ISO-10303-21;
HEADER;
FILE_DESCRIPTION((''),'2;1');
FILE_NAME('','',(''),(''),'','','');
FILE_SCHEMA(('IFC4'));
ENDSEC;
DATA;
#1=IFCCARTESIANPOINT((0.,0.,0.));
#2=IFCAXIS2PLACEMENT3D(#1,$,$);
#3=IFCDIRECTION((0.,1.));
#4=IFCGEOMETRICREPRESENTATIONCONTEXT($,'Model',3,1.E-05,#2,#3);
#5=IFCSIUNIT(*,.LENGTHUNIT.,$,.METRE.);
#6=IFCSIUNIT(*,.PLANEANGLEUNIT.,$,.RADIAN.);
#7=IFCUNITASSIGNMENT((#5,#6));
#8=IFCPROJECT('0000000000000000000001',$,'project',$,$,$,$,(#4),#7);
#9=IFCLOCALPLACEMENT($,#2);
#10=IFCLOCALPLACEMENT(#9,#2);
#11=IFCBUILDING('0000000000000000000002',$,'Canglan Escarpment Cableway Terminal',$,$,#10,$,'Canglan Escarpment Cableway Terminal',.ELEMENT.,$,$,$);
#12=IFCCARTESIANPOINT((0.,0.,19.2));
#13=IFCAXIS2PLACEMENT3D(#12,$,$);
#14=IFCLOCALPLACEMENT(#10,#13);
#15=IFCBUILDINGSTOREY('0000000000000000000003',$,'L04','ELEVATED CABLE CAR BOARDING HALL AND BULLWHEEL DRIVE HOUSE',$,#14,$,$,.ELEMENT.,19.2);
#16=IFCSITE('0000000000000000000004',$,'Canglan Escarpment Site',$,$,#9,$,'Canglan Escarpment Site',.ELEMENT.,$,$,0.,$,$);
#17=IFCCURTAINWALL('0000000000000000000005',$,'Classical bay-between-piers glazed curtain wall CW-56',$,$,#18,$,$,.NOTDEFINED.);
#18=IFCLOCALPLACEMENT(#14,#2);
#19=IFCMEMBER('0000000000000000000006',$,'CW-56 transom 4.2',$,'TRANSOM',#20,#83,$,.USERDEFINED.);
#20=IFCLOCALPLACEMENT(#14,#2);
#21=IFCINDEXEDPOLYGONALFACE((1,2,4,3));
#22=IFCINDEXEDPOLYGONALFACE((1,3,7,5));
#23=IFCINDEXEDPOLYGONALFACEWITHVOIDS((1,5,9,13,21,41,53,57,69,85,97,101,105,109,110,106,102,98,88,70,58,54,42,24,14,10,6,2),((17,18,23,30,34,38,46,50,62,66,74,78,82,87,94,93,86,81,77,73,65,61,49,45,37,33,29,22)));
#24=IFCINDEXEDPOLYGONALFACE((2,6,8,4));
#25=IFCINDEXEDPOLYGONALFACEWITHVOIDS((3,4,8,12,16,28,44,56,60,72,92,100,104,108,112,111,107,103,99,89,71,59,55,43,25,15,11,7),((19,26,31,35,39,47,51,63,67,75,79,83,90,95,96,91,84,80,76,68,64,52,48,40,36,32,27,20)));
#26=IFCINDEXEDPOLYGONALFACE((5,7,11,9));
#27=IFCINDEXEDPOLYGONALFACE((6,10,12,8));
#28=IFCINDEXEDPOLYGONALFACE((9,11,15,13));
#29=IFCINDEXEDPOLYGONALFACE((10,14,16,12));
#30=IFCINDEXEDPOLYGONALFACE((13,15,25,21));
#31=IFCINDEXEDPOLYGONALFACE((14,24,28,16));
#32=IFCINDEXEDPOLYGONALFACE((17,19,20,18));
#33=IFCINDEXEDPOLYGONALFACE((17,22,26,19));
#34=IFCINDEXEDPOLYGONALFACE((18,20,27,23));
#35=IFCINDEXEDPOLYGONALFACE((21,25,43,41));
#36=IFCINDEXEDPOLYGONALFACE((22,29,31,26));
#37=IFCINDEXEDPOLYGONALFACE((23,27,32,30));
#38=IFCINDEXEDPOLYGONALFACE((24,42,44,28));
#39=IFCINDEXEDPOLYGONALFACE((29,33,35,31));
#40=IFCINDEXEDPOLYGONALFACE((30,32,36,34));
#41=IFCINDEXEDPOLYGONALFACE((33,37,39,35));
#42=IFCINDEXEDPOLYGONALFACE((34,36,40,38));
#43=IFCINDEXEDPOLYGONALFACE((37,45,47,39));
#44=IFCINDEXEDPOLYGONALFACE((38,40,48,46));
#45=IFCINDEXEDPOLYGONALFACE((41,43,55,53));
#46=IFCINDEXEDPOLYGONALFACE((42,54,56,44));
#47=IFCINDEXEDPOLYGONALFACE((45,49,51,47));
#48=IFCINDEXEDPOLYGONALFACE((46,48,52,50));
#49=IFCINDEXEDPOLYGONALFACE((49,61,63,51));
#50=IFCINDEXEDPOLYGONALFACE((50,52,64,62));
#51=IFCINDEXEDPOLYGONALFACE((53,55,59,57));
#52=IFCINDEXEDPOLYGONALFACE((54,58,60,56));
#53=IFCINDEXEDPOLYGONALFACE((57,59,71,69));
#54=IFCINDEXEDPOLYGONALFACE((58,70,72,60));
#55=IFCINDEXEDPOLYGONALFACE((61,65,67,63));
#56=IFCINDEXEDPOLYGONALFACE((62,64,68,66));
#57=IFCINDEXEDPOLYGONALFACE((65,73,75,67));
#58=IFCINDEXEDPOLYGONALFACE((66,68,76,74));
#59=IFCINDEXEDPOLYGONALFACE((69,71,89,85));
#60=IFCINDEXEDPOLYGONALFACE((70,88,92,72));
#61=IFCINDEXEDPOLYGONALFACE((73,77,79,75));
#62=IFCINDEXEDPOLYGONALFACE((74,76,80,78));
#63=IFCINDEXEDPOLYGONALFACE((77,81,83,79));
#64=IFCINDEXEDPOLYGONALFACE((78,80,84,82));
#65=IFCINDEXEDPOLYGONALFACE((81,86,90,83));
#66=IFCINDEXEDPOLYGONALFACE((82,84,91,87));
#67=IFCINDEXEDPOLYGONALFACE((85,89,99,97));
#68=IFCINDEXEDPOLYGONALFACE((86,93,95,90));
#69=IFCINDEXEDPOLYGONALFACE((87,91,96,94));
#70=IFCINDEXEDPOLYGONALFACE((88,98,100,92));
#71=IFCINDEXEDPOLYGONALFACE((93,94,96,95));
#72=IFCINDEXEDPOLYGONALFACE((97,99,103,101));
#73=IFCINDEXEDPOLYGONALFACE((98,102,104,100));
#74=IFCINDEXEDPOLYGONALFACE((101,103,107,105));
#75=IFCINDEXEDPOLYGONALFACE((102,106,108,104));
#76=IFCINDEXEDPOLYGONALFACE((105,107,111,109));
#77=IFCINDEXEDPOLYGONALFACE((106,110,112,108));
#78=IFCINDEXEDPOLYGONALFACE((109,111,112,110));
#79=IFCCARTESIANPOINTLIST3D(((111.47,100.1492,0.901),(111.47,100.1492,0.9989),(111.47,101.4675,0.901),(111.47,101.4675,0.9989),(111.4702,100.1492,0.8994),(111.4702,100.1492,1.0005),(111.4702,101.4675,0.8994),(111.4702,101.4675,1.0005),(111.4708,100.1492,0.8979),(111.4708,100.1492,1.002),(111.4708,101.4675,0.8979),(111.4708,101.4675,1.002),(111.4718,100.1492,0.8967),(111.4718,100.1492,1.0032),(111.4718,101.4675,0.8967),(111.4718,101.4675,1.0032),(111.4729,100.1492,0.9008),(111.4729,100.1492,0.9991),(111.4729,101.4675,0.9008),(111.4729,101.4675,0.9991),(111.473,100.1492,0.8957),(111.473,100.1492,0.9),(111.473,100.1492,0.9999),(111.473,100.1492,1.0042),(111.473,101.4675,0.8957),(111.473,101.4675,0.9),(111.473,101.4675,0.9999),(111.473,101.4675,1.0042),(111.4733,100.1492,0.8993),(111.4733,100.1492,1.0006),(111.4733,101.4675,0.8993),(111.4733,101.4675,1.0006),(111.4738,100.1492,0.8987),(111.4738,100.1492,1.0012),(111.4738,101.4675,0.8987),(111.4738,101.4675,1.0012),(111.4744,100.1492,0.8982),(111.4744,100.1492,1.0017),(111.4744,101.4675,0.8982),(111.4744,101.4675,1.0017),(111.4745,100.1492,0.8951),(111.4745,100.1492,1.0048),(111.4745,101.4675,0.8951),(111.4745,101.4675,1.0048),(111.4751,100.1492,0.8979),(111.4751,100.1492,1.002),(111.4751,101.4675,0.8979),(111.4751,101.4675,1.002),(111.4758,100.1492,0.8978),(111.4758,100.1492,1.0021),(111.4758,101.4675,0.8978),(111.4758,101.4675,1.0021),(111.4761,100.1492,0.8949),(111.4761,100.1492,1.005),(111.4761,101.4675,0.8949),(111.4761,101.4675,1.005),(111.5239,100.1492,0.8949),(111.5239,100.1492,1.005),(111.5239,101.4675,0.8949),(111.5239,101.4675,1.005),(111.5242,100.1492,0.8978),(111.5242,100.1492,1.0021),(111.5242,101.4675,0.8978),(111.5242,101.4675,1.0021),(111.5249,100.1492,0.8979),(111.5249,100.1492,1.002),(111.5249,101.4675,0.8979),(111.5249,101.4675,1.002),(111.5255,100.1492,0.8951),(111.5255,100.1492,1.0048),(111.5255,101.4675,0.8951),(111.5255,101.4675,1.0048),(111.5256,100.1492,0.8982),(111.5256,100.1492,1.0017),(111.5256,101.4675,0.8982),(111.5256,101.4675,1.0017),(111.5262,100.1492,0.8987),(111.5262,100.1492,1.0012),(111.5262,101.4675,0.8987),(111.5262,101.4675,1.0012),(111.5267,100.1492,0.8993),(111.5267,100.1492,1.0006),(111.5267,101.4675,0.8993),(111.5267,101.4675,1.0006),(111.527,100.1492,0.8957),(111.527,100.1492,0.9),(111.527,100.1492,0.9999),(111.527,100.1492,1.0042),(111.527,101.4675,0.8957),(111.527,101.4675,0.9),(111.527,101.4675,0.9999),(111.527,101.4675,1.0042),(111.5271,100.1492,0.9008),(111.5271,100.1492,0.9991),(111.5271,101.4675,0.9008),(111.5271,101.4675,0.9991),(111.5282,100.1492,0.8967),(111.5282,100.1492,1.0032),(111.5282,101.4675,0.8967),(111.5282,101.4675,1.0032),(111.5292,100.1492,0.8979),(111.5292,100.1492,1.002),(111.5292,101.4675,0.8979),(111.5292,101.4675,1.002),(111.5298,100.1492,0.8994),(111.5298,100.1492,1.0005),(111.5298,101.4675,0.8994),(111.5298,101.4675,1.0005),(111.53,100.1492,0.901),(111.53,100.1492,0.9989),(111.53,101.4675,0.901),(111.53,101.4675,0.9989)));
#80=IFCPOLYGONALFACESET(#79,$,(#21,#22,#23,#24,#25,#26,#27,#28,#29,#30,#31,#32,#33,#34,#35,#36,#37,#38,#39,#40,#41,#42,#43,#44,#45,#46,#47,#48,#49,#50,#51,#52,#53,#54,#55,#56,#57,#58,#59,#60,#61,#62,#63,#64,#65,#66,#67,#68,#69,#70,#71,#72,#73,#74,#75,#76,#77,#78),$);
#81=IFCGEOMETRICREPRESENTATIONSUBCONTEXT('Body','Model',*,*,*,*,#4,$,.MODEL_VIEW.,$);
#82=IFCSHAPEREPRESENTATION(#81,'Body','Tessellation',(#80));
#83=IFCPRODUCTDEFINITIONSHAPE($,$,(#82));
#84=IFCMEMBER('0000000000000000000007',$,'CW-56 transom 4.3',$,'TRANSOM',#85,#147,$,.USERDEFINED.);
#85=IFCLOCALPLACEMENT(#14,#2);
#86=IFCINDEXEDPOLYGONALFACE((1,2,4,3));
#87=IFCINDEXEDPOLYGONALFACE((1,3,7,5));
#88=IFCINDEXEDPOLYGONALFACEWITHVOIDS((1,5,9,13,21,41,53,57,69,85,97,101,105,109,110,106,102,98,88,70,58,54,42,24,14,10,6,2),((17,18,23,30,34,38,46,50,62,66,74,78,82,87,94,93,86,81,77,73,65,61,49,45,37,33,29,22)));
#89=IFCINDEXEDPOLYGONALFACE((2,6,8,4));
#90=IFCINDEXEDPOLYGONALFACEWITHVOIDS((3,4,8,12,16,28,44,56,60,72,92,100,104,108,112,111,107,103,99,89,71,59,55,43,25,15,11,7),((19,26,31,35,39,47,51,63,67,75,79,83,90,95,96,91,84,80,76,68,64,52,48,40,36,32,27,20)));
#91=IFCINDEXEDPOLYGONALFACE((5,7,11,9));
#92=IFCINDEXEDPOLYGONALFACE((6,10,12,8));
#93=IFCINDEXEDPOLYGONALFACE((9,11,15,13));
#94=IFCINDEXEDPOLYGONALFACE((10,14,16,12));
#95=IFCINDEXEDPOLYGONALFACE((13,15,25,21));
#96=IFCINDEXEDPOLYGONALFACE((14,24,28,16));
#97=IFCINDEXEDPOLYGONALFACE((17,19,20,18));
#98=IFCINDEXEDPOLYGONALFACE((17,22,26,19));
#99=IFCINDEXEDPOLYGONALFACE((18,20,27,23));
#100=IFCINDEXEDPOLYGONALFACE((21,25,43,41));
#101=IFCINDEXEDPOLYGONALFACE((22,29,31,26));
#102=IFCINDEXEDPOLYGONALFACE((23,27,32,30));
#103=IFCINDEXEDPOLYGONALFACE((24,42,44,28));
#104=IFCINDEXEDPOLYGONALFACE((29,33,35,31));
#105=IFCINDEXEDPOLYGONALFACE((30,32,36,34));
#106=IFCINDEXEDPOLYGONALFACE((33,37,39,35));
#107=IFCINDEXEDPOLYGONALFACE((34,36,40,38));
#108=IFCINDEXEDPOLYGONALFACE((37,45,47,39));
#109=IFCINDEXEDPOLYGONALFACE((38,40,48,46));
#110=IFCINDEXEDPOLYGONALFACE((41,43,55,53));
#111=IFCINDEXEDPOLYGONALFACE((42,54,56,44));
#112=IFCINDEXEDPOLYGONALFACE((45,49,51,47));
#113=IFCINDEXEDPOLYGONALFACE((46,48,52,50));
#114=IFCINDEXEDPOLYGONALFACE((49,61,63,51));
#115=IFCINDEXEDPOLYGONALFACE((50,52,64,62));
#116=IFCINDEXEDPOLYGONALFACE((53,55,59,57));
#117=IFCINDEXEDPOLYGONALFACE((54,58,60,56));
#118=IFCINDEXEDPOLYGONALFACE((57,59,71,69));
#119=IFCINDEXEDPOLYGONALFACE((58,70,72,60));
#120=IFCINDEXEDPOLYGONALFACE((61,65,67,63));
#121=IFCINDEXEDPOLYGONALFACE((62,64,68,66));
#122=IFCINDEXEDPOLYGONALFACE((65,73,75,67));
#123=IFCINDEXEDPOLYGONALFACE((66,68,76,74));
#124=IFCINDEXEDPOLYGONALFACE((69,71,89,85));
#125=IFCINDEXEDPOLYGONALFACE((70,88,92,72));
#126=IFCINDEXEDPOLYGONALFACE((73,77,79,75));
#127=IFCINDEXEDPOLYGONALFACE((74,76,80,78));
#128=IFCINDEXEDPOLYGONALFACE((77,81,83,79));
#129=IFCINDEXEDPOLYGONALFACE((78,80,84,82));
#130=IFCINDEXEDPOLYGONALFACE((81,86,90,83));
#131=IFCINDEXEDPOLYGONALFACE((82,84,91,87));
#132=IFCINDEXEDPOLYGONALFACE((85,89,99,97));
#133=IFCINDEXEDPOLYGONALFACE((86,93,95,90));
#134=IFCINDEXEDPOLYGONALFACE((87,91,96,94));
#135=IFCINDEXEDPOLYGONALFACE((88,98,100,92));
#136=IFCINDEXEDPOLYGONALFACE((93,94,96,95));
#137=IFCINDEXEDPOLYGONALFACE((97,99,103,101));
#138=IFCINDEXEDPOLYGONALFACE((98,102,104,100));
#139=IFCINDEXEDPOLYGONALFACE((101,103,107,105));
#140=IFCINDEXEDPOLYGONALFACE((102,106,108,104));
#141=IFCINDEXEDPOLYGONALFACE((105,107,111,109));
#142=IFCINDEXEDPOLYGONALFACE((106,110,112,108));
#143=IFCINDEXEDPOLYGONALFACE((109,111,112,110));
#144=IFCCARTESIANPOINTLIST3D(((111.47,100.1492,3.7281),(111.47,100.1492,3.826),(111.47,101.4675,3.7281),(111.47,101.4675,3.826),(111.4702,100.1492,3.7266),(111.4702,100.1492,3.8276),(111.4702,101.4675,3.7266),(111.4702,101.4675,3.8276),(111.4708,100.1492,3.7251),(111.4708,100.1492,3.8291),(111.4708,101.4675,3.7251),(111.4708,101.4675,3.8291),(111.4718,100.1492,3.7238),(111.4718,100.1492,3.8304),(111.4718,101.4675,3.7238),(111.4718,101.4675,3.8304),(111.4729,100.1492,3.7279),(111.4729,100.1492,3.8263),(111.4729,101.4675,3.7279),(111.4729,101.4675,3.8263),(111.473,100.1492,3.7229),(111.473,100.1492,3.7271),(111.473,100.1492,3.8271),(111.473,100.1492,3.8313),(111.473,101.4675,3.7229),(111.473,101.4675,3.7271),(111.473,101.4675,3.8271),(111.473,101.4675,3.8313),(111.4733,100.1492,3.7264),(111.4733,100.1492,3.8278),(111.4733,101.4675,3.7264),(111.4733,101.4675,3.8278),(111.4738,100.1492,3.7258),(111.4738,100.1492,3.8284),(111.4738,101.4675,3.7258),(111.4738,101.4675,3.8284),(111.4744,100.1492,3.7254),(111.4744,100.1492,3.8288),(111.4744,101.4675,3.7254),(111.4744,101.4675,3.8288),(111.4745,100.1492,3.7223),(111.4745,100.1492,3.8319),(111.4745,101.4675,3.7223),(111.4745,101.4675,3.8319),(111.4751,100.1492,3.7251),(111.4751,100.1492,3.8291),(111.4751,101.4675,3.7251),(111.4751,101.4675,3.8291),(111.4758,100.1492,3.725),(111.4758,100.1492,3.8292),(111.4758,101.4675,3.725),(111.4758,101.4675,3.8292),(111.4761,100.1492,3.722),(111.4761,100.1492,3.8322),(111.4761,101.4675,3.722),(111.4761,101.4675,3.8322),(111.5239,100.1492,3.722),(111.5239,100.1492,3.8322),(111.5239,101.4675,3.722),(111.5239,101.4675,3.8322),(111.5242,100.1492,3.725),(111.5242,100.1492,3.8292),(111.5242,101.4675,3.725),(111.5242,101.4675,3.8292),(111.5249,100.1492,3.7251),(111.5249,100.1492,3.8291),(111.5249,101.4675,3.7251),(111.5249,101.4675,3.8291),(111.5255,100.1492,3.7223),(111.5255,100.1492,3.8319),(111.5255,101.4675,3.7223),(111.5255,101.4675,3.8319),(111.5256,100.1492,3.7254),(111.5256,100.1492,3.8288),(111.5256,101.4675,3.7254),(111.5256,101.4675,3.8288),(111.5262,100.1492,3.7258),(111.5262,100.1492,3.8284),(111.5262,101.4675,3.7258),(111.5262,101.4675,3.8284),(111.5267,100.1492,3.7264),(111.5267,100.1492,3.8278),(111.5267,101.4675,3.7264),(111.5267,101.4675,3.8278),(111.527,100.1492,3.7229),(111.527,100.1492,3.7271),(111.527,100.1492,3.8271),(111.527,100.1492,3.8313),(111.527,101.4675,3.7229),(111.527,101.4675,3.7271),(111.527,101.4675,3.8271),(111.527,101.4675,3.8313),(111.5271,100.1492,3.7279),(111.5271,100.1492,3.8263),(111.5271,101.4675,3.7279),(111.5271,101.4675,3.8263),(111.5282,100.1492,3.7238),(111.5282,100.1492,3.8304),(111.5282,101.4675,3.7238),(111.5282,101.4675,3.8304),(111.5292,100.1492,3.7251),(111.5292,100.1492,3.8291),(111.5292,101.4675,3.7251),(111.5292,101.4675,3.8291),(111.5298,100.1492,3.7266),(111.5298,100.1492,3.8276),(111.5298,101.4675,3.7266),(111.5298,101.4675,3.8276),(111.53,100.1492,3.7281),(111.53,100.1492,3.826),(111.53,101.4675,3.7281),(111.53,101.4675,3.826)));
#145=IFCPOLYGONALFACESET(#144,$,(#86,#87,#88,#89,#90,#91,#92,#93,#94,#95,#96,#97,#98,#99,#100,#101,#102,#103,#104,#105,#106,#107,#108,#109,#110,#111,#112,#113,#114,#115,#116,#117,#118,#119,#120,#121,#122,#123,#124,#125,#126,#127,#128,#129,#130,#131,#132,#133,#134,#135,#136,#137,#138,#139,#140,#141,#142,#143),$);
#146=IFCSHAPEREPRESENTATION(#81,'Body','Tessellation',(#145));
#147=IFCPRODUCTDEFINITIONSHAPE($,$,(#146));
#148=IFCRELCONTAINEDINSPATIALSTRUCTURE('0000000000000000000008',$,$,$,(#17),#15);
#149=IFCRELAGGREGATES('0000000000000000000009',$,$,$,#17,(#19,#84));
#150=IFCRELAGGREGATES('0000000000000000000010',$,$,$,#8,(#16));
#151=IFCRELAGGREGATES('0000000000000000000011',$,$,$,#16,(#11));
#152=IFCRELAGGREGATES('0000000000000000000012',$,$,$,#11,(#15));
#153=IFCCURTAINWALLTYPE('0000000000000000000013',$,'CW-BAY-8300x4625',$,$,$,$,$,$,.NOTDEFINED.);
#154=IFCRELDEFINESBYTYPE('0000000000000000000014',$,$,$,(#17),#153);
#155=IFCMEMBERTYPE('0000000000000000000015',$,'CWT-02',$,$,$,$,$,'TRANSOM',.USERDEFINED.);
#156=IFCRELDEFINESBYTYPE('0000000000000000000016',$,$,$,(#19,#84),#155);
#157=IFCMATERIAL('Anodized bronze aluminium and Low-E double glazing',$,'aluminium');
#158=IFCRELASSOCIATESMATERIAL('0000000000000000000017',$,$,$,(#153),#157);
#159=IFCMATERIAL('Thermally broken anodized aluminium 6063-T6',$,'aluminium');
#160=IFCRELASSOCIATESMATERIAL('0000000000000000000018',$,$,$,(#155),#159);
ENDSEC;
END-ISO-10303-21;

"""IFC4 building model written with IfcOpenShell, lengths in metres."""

from ifc_helpers import new_model, si_unit, direction, frame, origin, origin_2d, place, context, subcontext, project, spatial, hollow_rectangle, extrude, material, material_profile, profile_set, type_object, element, aggregate, save


model = new_model("IFC4")

# Units and contexts
model_context = context("Model", 3, precision=1e-05, world=origin(), true_north=direction((0.0, 1.0)))
body_context = subcontext(model_context, "Body", "Model", "MODEL_VIEW")
ifc_project = project(units=[si_unit("LENGTHUNIT", "METRE"), si_unit("PLANEANGLEUNIT", "RADIAN")], contexts=[model_context])

# Site, building, storey
site_placement = place(None, origin())
site = spatial("IfcSite", under=ifc_project, at=site_placement, Name="Canglan Escarpment Site", LongName="Canglan Escarpment Site", CompositionType="ELEMENT", RefElevation=0.0)
building_placement = place(site_placement, origin())
building = spatial("IfcBuilding", under=site, at=building_placement, Name="Canglan Escarpment Cableway Terminal", LongName="Canglan Escarpment Cableway Terminal", CompositionType="ELEMENT")
storey_placement = place(building_placement, frame((0.0, 0.0, 19.2)))
storey = spatial("IfcBuildingStorey", under=building, at=storey_placement, Name="L04", Description="ELEVATED CABLE CAR BOARDING HALL AND BULLWHEEL DRIVE HOUSE", CompositionType="ELEMENT", Elevation=19.2)

# Curtain wall, members
ifc_material_1 = material(Name="Anodized bronze aluminium and Low-E double glazing", Category="aluminium")
curtain_wall_type = type_object("IfcCurtainWallType", Name="CW-BAY-8300x4625", PredefinedType="NOTDEFINED", material=ifc_material_1)
curtain_wall_placement = place(storey_placement, origin())
curtain_wall = element("IfcCurtainWall", 1, at=curtain_wall_placement, inside=storey, type_object=curtain_wall_type, Name="Classical bay-between-piers glazed curtain wall CW-56", PredefinedType="NOTDEFINED")
ifc_material_2 = material(Name="Thermally broken anodized aluminium 6063-T6", Category="aluminium")
ifc_material_profile_1 = material_profile(ifc_material_2, hollow_rectangle(XDim=0.0601, YDim=0.1101, WallThickness=0.0029, InnerFilletRadius=0.0029, OuterFilletRadius=0.0061, at=origin_2d()), Name="ALU-TRAN 60x110x3")
ifc_profile_set_1 = profile_set([ifc_material_profile_1], Name="Thermally broken anodized aluminium 6063-T6")
member_type_1 = type_object("IfcMemberType", Name="CWT-02", ElementType="TRANSOM", PredefinedType="USERDEFINED", material=ifc_profile_set_1)
member_1_placement = place(storey_placement, frame((111.5, 101.4675, 0.95), z_axis=(0.0, -1.0, 0.0), x_axis=(1.0, 0.0, 0.0)))
member_1 = element("IfcMember", 2, at=member_1_placement, type_object=member_type_1, Name="CW-56 transom 4.2", ObjectType="TRANSOM", PredefinedType="USERDEFINED", context=body_context, shape_type="SweptSolid", body=[
    extrude(hollow_rectangle(XDim=0.0601, YDim=0.1101, WallThickness=0.0029, InnerFilletRadius=0.0029, OuterFilletRadius=0.0061, at=origin_2d()), origin(), (0.0, 0.0, 1.0), 1.3184),
])
member_2_placement = place(storey_placement, frame((111.5, 101.4675, 3.7771), z_axis=(0.0, -1.0, 0.0), x_axis=(1.0, 0.0, 0.0)))
member_2 = element("IfcMember", 3, at=member_2_placement, type_object=member_type_1, Name="CW-56 transom 4.3", ObjectType="TRANSOM", PredefinedType="USERDEFINED", context=body_context, shape_type="SweptSolid", body=[
    extrude(hollow_rectangle(XDim=0.0601, YDim=0.1101, WallThickness=0.0029, InnerFilletRadius=0.0029, OuterFilletRadius=0.0061, at=origin_2d()), origin(), (0.0, 0.0, 1.0), 1.3184),
])
aggregate(curtain_wall, [member_1, member_2])

save(model, "model.ifc")
